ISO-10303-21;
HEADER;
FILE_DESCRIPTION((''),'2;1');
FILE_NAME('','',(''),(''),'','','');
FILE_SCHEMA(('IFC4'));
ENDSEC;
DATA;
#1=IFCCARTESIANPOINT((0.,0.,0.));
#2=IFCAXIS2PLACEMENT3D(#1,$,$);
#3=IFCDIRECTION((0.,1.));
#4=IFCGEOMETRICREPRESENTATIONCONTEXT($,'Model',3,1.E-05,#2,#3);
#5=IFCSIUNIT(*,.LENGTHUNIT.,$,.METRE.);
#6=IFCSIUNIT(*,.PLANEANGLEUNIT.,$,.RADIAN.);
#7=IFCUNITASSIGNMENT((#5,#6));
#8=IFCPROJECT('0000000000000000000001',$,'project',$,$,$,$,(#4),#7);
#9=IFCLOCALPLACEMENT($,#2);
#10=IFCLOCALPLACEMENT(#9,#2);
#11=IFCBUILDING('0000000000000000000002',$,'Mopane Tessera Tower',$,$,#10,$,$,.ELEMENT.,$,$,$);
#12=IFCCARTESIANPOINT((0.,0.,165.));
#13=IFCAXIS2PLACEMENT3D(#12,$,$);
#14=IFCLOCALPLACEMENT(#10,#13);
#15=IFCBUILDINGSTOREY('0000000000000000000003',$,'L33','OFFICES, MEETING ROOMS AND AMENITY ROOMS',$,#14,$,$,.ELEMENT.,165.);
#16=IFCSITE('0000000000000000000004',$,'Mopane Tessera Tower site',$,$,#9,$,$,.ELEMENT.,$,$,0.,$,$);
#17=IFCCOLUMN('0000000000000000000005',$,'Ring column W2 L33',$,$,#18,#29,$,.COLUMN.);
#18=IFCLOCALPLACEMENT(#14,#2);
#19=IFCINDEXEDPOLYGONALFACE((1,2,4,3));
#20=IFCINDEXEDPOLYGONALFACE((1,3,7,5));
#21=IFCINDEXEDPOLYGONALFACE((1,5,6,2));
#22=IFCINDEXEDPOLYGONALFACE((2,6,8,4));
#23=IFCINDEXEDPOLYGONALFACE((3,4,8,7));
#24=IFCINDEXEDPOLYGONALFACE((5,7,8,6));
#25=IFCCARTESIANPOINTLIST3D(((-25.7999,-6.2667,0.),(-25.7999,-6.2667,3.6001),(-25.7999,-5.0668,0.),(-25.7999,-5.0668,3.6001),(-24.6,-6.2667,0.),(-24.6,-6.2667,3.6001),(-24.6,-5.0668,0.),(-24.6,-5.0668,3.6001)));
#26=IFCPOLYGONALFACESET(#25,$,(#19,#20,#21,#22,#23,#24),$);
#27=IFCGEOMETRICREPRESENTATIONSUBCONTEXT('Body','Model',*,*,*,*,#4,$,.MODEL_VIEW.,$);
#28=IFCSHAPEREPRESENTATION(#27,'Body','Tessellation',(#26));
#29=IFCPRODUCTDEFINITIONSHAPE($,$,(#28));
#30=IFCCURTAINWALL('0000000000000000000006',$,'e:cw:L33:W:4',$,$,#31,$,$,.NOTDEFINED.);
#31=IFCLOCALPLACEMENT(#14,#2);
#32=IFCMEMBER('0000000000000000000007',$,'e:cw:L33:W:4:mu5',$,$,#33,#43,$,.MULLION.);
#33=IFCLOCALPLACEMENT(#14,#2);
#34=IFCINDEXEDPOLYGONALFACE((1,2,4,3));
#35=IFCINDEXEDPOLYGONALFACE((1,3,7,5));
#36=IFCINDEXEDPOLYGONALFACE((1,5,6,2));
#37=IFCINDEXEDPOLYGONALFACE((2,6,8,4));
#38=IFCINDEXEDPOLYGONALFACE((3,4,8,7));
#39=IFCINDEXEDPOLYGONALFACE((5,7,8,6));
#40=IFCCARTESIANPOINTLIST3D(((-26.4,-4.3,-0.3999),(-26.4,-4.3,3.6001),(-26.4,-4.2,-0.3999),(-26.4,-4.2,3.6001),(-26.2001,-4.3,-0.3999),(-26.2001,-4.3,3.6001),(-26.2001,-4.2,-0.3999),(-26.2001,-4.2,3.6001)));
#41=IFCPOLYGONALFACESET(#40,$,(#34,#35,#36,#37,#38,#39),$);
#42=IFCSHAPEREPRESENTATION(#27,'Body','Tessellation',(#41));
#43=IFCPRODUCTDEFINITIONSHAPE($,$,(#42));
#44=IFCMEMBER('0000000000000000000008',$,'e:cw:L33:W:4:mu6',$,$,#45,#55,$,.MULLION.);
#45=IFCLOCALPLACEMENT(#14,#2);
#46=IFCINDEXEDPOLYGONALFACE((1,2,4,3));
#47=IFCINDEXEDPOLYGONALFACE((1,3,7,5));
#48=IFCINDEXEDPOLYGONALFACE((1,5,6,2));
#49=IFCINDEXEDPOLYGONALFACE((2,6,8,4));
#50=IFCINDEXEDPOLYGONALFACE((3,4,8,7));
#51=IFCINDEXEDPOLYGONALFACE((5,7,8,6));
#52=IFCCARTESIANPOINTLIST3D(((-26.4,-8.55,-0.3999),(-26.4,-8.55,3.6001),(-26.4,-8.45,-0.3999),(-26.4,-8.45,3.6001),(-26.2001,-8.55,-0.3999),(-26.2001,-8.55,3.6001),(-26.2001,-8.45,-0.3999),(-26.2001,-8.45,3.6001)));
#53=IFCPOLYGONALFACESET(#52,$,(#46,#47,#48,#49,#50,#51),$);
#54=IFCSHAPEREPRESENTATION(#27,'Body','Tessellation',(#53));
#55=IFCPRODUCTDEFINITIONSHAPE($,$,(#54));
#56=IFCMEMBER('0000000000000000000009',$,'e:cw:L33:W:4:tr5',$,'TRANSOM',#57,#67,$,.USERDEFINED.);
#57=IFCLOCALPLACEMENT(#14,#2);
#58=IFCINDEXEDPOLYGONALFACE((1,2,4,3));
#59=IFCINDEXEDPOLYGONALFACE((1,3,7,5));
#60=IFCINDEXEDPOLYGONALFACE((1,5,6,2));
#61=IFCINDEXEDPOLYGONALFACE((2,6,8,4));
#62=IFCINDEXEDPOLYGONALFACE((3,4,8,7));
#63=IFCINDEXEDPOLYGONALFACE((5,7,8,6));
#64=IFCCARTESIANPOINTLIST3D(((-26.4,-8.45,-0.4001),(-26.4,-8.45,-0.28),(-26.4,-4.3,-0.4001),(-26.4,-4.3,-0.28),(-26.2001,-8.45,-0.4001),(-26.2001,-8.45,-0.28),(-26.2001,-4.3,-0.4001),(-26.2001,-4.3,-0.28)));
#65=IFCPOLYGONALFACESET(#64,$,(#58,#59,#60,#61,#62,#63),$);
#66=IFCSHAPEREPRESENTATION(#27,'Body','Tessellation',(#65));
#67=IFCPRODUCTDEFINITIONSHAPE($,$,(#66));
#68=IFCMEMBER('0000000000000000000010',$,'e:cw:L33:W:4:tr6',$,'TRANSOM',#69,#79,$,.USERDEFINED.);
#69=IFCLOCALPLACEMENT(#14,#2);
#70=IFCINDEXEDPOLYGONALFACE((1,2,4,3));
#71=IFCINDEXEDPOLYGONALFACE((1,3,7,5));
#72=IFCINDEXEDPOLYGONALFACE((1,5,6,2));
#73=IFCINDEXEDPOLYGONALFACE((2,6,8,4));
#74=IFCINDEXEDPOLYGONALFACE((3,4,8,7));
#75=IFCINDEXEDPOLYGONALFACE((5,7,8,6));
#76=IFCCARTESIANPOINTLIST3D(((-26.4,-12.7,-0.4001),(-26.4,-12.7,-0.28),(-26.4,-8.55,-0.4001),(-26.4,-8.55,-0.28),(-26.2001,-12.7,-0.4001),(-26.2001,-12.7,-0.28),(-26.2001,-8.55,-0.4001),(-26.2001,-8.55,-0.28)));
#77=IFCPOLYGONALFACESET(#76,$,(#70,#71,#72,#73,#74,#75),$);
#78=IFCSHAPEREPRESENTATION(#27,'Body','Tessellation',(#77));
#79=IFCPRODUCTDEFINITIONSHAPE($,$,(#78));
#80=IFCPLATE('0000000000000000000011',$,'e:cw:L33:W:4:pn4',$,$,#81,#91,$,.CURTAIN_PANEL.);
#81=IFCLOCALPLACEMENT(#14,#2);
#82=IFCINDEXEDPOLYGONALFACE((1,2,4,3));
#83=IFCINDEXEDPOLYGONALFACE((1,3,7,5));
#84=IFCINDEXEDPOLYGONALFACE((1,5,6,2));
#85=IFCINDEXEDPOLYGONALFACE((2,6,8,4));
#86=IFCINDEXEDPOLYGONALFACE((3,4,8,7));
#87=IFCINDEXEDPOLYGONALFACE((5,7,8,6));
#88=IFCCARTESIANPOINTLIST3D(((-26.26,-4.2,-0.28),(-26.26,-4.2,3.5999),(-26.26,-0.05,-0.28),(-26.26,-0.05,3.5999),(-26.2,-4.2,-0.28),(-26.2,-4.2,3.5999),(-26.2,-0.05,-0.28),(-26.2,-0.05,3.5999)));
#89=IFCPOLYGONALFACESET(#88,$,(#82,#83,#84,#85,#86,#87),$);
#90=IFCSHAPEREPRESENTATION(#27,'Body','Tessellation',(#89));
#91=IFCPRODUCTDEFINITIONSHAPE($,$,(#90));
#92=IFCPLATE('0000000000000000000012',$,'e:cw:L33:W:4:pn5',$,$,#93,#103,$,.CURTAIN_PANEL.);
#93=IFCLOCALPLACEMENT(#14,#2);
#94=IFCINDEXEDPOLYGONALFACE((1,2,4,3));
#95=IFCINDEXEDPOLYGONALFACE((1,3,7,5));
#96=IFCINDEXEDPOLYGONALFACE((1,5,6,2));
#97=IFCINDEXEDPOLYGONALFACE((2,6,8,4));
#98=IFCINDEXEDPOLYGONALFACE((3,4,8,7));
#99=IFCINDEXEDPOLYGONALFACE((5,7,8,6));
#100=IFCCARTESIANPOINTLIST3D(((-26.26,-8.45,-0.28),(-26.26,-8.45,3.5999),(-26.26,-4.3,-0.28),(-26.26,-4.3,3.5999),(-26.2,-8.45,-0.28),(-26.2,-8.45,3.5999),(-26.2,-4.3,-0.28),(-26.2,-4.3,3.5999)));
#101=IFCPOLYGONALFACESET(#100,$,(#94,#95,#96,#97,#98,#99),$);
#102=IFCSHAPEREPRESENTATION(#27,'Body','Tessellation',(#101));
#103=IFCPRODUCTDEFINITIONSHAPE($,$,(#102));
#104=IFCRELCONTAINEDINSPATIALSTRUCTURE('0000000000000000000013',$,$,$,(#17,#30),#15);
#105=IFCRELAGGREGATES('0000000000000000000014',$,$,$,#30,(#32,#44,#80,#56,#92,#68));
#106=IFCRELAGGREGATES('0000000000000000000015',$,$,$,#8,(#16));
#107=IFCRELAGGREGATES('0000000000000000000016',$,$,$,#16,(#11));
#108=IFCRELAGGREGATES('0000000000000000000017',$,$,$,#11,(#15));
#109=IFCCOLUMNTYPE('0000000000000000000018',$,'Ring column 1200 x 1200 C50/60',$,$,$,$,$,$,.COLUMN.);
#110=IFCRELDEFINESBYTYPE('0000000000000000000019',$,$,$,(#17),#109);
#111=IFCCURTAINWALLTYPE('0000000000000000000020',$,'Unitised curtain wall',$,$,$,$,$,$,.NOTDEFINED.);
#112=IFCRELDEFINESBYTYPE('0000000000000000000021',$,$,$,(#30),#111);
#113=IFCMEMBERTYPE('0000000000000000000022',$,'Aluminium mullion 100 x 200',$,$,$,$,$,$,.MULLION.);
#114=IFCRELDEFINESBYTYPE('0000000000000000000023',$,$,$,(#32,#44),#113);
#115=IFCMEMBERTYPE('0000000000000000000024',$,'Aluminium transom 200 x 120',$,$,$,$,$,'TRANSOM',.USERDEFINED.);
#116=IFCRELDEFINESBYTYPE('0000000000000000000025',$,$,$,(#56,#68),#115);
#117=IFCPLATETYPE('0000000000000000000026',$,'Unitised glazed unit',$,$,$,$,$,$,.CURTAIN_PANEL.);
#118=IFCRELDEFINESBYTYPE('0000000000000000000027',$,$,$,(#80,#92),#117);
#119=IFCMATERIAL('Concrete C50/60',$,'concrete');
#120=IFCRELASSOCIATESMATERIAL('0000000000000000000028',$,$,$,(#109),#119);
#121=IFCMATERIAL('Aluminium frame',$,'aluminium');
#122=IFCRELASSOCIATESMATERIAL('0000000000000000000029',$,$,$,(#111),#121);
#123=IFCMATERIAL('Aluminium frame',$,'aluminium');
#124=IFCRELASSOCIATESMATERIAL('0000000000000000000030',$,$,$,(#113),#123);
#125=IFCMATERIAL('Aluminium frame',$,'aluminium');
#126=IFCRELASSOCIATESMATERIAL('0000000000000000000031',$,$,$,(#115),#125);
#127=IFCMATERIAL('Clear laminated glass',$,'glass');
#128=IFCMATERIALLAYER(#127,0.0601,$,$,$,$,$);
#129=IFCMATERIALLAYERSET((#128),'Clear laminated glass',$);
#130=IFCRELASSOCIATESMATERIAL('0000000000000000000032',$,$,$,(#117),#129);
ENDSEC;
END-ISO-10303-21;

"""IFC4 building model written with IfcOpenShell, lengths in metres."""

from ifc_helpers import new_model, si_unit, direction, frame, origin, origin_2d, place, context, subcontext, project, spatial, rectangle, extrude, material, layer, layer_set, material_profile, profile_set, type_object, element, aggregate, save


model = new_model("IFC4")

# Units and contexts
model_context = context("Model", 3, precision=1e-05, world=origin(), true_north=direction((0.0, 1.0)))
body_context = subcontext(model_context, "Body", "Model", "MODEL_VIEW")
ifc_project = project(units=[si_unit("LENGTHUNIT", "METRE"), si_unit("PLANEANGLEUNIT", "RADIAN")], contexts=[model_context])

# Site, building, storey
site_placement = place(None, origin())
site = spatial("IfcSite", under=ifc_project, at=site_placement, Name="Mopane Tessera Tower site", CompositionType="ELEMENT", RefElevation=0.0)
building_placement = place(site_placement, origin())
building = spatial("IfcBuilding", under=site, at=building_placement, Name="Mopane Tessera Tower", CompositionType="ELEMENT")
storey_placement = place(building_placement, frame((0.0, 0.0, 165.0)))
storey = spatial("IfcBuildingStorey", under=building, at=storey_placement, Name="L33", Description="OFFICES, MEETING ROOMS AND AMENITY ROOMS", CompositionType="ELEMENT", Elevation=165.0)

# Column
ifc_material_1 = material(Name="Concrete C50/60", Category="concrete")
ifc_material_profile_1 = material_profile(ifc_material_1, rectangle(XDim=1.2, YDim=1.2, at=origin_2d()))
ifc_profile_set_1 = profile_set([ifc_material_profile_1], Name="Concrete C50/60")
column_type = type_object("IfcColumnType", Name="Ring column 1200 x 1200 C50/60", PredefinedType="COLUMN", material=ifc_profile_set_1)
column_placement = place(storey_placement, frame((-25.2, -5.6667, 0.0), z_axis=(0.0, 0.0, 1.0), x_axis=(1.0, 0.0, 0.0)))
element("IfcColumn", 1, at=column_placement, inside=storey, type_object=column_type, Name="Ring column W2 L33", PredefinedType="COLUMN", context=body_context, shape_type="SweptSolid", body=[
    extrude(rectangle(XDim=1.2, YDim=1.2, at=origin_2d()), origin(), (0.0, 0.0, 1.0), 3.6001),
])

# Curtain wall, members, plates
ifc_material_2 = material(Name="Aluminium frame", Category="aluminium")
curtain_wall_type = type_object("IfcCurtainWallType", Name="Unitised curtain wall", PredefinedType="NOTDEFINED", material=ifc_material_2)
curtain_wall_placement = place(storey_placement, origin())
curtain_wall = element("IfcCurtainWall", 2, at=curtain_wall_placement, inside=storey, type_object=curtain_wall_type, Name="e:cw:L33:W:4", PredefinedType="NOTDEFINED")
ifc_material_3 = material(Name="Aluminium frame", Category="aluminium")
ifc_material_profile_2 = material_profile(ifc_material_3, rectangle(XDim=0.1001, YDim=0.2, at=origin_2d()))
ifc_profile_set_2 = profile_set([ifc_material_profile_2], Name="Aluminium frame")
member_type_1 = type_object("IfcMemberType", Name="Aluminium mullion 100 x 200", PredefinedType="MULLION", material=ifc_profile_set_2)
member_1_placement = place(storey_placement, frame((-26.3, -4.25, -0.3999), z_axis=(0.0, 0.0, 1.0), x_axis=(0.0, -1.0, 0.0)))
member_1 = element("IfcMember", 3, at=member_1_placement, type_object=member_type_1, Name="e:cw:L33:W:4:mu5", PredefinedType="MULLION", context=body_context, shape_type="SweptSolid", body=[
    extrude(rectangle(XDim=0.1001, YDim=0.2, at=origin_2d()), origin(), (0.0, 0.0, 1.0), 4.0),
])
member_2_placement = place(storey_placement, frame((-26.3, -8.5, -0.3999), z_axis=(0.0, 0.0, 1.0), x_axis=(0.0, -1.0, 0.0)))
member_2 = element("IfcMember", 4, at=member_2_placement, type_object=member_type_1, Name="e:cw:L33:W:4:mu6", PredefinedType="MULLION", context=body_context, shape_type="SweptSolid", body=[
    extrude(rectangle(XDim=0.1001, YDim=0.2, at=origin_2d()), origin(), (0.0, 0.0, 1.0), 4.0),
])
ifc_material_4 = material(Name="Aluminium frame", Category="aluminium")
ifc_material_profile_3 = material_profile(ifc_material_4, rectangle(XDim=0.2, YDim=0.1201, at=origin_2d()))
ifc_profile_set_3 = profile_set([ifc_material_profile_3], Name="Aluminium frame")
member_type_2 = type_object("IfcMemberType", Name="Aluminium transom 200 x 120", ElementType="TRANSOM", PredefinedType="USERDEFINED", material=ifc_profile_set_3)
member_3_placement = place(storey_placement, frame((-26.3, -4.3, -0.3401), z_axis=(0.0, -1.0, 0.0), x_axis=(1.0, 0.0, 0.0)))
member_3 = element("IfcMember", 5, at=member_3_placement, type_object=member_type_2, Name="e:cw:L33:W:4:tr5", ObjectType="TRANSOM", PredefinedType="USERDEFINED", context=body_context, shape_type="SweptSolid", body=[
    extrude(rectangle(XDim=0.2, YDim=0.1201, at=origin_2d()), origin(), (0.0, 0.0, 1.0), 4.1499),
])
member_4_placement = place(storey_placement, frame((-26.3, -8.55, -0.3401), z_axis=(0.0, -1.0, 0.0), x_axis=(1.0, 0.0, 0.0)))
member_4 = element("IfcMember", 6, at=member_4_placement, type_object=member_type_2, Name="e:cw:L33:W:4:tr6", ObjectType="TRANSOM", PredefinedType="USERDEFINED", context=body_context, shape_type="SweptSolid", body=[
    extrude(rectangle(XDim=0.2, YDim=0.1201, at=origin_2d()), origin(), (0.0, 0.0, 1.0), 4.1499),
])
ifc_material_5 = material(Name="Clear laminated glass", Category="glass")
ifc_layer_1 = layer(ifc_material_5, 0.0601)
ifc_layer_set_1 = layer_set([ifc_layer_1], Name="Clear laminated glass")
plate_type = type_object("IfcPlateType", Name="Unitised glazed unit", PredefinedType="CURTAIN_PANEL", material=ifc_layer_set_1)
plate_1_placement = place(storey_placement, frame((-26.23, -2.125, -0.28), z_axis=(0.0, 0.0, 1.0), x_axis=(0.0, -1.0, 0.0)))
plate_1 = element("IfcPlate", 7, at=plate_1_placement, type_object=plate_type, Name="e:cw:L33:W:4:pn4", PredefinedType="CURTAIN_PANEL", context=body_context, shape_type="SweptSolid", body=[
    extrude(rectangle(XDim=4.1499, YDim=0.0601, at=origin_2d()), origin(), (0.0, 0.0, 1.0), 3.8799),
])
plate_2_placement = place(storey_placement, frame((-26.23, -6.375, -0.28), z_axis=(0.0, 0.0, 1.0), x_axis=(0.0, -1.0, 0.0)))
plate_2 = element("IfcPlate", 8, at=plate_2_placement, type_object=plate_type, Name="e:cw:L33:W:4:pn5", PredefinedType="CURTAIN_PANEL", context=body_context, shape_type="SweptSolid", body=[
    extrude(rectangle(XDim=4.1499, YDim=0.0601, at=origin_2d()), origin(), (0.0, 0.0, 1.0), 3.8799),
])
aggregate(curtain_wall, [member_1, member_2, plate_1, member_3, plate_2, member_4])

save(model, "model.ifc")
